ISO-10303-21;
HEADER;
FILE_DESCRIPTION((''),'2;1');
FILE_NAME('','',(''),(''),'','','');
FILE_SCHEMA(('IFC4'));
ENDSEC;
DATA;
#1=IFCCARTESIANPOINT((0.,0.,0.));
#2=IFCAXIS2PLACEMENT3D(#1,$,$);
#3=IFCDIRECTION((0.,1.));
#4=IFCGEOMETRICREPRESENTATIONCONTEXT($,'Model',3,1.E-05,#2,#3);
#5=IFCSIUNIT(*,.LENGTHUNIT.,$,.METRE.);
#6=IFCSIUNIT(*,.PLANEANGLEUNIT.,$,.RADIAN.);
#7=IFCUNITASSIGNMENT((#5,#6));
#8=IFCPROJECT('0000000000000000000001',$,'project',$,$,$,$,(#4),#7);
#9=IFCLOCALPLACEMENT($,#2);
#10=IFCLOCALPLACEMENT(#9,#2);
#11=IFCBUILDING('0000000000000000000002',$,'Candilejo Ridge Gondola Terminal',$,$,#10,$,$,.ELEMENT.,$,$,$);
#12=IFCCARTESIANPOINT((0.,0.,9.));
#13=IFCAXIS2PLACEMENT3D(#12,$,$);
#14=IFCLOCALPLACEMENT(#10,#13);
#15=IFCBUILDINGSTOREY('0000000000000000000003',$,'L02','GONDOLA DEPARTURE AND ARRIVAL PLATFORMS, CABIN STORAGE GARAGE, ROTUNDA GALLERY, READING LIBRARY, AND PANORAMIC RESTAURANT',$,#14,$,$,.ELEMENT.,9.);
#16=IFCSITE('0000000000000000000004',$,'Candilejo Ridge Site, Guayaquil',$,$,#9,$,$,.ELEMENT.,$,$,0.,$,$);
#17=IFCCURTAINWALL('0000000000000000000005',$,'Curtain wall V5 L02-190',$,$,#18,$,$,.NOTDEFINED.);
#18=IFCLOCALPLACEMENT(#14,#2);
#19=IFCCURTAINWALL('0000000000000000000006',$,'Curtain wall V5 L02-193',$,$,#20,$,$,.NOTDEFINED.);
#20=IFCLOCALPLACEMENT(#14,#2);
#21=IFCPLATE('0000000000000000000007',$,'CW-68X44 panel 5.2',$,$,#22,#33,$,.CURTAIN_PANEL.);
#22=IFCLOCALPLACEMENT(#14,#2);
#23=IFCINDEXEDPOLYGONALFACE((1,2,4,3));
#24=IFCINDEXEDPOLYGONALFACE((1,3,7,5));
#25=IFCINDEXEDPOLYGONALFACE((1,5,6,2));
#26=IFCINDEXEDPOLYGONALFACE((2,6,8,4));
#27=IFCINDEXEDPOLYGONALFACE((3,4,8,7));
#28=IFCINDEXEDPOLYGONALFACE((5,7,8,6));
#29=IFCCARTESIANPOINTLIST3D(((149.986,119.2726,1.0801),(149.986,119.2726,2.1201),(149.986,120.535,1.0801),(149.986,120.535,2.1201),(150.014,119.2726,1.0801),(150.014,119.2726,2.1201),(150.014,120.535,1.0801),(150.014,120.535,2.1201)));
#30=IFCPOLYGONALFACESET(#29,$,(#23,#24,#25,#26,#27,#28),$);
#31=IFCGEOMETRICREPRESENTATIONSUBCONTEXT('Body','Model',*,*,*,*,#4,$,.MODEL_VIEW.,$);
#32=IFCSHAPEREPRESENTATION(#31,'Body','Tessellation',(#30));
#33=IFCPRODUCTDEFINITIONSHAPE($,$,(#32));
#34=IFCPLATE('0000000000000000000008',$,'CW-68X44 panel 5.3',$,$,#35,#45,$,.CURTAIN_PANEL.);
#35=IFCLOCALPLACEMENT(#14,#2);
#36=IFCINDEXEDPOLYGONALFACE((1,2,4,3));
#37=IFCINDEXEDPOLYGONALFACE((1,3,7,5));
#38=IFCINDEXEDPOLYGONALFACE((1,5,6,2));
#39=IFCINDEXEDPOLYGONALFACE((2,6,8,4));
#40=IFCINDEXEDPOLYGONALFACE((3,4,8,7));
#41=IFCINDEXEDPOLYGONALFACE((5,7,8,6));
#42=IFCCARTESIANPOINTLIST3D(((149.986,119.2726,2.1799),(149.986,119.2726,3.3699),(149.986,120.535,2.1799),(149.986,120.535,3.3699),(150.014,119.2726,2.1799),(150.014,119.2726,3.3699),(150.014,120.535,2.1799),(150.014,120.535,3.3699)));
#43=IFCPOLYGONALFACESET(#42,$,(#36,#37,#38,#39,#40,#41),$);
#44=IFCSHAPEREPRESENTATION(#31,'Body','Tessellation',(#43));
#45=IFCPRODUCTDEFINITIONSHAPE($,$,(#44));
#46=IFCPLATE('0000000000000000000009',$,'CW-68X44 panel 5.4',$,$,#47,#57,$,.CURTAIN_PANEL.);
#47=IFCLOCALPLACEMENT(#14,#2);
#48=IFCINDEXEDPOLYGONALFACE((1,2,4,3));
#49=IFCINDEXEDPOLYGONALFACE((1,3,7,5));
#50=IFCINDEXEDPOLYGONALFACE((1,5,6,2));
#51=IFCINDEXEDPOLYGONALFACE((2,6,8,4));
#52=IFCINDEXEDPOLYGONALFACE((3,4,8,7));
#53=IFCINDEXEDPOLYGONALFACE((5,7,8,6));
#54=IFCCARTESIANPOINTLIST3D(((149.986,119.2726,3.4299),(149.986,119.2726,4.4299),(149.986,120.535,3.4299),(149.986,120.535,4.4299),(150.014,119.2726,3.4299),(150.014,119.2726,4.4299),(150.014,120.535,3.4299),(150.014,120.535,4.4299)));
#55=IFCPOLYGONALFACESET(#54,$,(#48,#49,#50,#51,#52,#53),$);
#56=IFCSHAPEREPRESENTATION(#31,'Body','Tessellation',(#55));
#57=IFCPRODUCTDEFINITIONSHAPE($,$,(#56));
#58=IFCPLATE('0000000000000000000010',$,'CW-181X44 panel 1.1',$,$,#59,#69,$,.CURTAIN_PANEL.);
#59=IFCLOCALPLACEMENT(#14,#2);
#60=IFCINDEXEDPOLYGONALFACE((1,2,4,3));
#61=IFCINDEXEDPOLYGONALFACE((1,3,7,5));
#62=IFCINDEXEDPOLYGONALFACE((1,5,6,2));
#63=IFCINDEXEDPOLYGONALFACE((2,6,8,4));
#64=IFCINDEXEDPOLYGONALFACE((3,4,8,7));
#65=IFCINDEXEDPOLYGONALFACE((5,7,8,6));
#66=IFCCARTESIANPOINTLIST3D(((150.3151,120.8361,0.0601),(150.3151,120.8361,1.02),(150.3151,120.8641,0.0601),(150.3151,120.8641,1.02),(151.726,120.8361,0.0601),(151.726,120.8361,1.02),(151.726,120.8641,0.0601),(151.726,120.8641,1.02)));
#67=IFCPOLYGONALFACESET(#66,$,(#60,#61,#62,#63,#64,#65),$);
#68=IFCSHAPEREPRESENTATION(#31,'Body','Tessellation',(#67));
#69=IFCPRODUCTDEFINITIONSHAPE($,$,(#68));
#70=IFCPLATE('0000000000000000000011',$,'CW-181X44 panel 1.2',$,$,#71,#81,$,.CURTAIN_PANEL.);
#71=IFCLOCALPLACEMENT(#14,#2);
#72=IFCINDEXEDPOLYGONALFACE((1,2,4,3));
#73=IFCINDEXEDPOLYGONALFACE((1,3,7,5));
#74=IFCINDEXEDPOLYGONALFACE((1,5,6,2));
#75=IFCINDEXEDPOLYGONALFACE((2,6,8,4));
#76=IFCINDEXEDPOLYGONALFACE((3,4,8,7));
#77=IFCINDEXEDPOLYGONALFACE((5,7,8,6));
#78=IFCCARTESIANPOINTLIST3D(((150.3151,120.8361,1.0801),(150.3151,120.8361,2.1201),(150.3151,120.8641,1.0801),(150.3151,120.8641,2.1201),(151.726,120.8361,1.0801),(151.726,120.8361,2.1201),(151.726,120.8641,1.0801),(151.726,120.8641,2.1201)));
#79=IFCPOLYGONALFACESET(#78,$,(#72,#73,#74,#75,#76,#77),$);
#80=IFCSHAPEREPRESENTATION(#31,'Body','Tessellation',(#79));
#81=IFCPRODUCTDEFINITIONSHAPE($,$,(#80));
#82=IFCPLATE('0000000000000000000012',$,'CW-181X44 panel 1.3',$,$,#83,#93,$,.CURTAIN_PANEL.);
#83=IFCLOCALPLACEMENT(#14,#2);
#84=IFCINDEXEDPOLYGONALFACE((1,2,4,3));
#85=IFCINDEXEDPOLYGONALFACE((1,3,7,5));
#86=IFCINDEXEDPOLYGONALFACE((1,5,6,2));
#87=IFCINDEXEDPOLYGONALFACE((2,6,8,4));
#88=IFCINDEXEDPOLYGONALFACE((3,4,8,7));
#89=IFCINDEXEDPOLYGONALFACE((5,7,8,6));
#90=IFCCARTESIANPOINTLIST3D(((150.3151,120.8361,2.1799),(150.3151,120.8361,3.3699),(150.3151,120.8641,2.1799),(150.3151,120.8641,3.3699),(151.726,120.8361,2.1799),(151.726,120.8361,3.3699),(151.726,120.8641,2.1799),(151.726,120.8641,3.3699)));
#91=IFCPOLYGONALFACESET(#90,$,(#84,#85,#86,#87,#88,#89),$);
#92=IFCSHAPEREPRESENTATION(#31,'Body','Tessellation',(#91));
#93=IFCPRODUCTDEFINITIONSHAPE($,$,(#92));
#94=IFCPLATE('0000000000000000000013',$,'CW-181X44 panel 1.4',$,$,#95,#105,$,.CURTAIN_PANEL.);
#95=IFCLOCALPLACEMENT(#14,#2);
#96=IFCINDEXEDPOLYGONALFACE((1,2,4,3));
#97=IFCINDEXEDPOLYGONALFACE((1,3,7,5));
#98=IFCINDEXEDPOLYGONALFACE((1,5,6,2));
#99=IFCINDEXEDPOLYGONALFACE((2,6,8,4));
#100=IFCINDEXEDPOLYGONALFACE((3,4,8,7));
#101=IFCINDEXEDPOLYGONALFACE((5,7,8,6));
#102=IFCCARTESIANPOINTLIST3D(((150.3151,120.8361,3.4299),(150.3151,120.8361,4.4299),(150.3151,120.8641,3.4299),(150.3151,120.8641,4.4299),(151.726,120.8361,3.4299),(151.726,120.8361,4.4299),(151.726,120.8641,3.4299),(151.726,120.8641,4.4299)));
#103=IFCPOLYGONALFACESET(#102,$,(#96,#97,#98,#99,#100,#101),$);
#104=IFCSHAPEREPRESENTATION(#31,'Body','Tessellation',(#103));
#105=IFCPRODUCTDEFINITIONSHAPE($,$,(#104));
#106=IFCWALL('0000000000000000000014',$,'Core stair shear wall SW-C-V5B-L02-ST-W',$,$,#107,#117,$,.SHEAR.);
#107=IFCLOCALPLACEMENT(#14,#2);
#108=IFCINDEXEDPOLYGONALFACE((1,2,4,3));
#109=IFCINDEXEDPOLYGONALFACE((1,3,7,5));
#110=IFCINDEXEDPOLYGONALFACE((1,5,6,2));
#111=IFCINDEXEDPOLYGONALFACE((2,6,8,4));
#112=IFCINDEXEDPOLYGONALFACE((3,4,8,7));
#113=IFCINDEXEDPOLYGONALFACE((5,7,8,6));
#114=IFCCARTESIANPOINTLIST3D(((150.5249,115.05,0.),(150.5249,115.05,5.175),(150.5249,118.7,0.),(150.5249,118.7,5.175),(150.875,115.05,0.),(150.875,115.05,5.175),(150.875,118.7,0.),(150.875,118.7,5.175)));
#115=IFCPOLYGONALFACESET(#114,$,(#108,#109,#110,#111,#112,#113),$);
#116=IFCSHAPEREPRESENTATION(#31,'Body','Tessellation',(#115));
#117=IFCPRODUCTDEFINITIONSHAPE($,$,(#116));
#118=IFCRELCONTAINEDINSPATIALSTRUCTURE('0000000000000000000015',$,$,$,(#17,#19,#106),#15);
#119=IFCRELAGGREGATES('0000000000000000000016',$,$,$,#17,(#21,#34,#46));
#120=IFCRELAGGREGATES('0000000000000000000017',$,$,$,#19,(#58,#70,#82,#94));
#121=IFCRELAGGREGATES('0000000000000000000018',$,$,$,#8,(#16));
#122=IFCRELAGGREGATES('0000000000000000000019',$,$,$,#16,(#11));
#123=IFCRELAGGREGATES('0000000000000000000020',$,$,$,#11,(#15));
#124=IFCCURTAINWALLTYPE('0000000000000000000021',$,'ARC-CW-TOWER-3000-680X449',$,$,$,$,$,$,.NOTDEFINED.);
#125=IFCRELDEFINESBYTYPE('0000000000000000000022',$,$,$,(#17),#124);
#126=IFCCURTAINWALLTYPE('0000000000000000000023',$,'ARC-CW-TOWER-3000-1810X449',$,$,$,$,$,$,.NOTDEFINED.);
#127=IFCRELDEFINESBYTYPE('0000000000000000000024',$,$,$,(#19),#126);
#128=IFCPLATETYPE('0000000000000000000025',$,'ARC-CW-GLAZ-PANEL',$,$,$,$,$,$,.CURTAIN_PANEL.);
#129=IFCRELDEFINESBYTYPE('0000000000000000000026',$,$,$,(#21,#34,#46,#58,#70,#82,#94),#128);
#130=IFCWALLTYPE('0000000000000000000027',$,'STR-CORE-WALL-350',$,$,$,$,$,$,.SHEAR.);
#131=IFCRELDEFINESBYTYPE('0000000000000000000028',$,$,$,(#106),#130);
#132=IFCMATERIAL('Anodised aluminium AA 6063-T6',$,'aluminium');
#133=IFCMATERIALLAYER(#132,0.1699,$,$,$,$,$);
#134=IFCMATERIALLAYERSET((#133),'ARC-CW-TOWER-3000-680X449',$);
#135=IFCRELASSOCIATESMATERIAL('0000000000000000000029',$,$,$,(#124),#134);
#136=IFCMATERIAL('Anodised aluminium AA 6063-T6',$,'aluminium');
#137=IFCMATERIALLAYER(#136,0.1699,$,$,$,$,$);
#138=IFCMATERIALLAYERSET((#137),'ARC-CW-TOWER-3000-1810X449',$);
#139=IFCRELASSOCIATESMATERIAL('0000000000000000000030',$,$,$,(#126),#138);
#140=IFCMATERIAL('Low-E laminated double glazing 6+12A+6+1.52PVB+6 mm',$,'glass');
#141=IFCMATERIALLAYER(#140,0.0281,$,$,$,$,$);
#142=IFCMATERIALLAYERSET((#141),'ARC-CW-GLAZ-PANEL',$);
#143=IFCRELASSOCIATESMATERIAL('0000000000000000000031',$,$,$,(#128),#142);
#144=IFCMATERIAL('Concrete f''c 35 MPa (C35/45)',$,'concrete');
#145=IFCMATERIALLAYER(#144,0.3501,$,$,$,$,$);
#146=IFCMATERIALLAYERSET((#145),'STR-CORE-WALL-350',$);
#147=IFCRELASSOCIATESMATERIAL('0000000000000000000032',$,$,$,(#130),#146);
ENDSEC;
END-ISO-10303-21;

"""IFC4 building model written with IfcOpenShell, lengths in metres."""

from ifc_helpers import new_model, si_unit, direction, frame, frame_2d, origin, origin_2d, place, context, subcontext, project, spatial, rectangle, extrude, material, layer, layer_set, type_object, element, aggregate, save


model = new_model("IFC4")

# Units and contexts
model_context = context("Model", 3, precision=1e-05, world=origin(), true_north=direction((0.0, 1.0)))
body_context = subcontext(model_context, "Body", "Model", "MODEL_VIEW")
ifc_project = project(units=[si_unit("LENGTHUNIT", "METRE"), si_unit("PLANEANGLEUNIT", "RADIAN")], contexts=[model_context])

# Site, building, storey
site_placement = place(None, origin())
site = spatial("IfcSite", under=ifc_project, at=site_placement, Name="Candilejo Ridge Site, Guayaquil", CompositionType="ELEMENT", RefElevation=0.0)
building_placement = place(site_placement, origin())
building = spatial("IfcBuilding", under=site, at=building_placement, Name="Candilejo Ridge Gondola Terminal", CompositionType="ELEMENT")
storey_placement = place(building_placement, frame((0.0, 0.0, 9.0)))
storey = spatial("IfcBuildingStorey", under=building, at=storey_placement, Name="L02", Description="GONDOLA DEPARTURE AND ARRIVAL PLATFORMS, CABIN STORAGE GARAGE, ROTUNDA GALLERY, READING LIBRARY, AND PANORAMIC RESTAURANT", CompositionType="ELEMENT", Elevation=9.0)

# Curtain walls
ifc_material_1 = material(Name="Anodised aluminium AA 6063-T6", Category="aluminium")
ifc_layer_1 = layer(ifc_material_1, 0.1699)
ifc_layer_set_1 = layer_set([ifc_layer_1], Name="ARC-CW-TOWER-3000-680X449")
curtain_wall_type_1 = type_object("IfcCurtainWallType", Name="ARC-CW-TOWER-3000-680X449", PredefinedType="NOTDEFINED", material=ifc_layer_set_1)
curtain_wall_1_placement = place(storey_placement, origin())
curtain_wall_1 = element("IfcCurtainWall", 1, at=curtain_wall_1_placement, inside=storey, type_object=curtain_wall_type_1, Name="Curtain wall V5 L02-190", PredefinedType="NOTDEFINED")
ifc_material_2 = material(Name="Anodised aluminium AA 6063-T6", Category="aluminium")
ifc_layer_2 = layer(ifc_material_2, 0.1699)
ifc_layer_set_2 = layer_set([ifc_layer_2], Name="ARC-CW-TOWER-3000-1810X449")
curtain_wall_type_2 = type_object("IfcCurtainWallType", Name="ARC-CW-TOWER-3000-1810X449", PredefinedType="NOTDEFINED", material=ifc_layer_set_2)
curtain_wall_2_placement = place(storey_placement, origin())
curtain_wall_2 = element("IfcCurtainWall", 2, at=curtain_wall_2_placement, inside=storey, type_object=curtain_wall_type_2, Name="Curtain wall V5 L02-193", PredefinedType="NOTDEFINED")

# Plates
ifc_material_3 = material(Name="Low-E laminated double glazing 6+12A+6+1.52PVB+6 mm", Category="glass")
ifc_layer_3 = layer(ifc_material_3, 0.0281)
ifc_layer_set_3 = layer_set([ifc_layer_3], Name="ARC-CW-GLAZ-PANEL")
plate_type = type_object("IfcPlateType", Name="ARC-CW-GLAZ-PANEL", PredefinedType="CURTAIN_PANEL", material=ifc_layer_set_3)
plate_1_placement = place(storey_placement, frame((150.0, 119.9038, 1.0801), z_axis=(0.0, 0.0, 1.0), x_axis=(0.0, 1.0, 0.0)))
plate_1 = element("IfcPlate", 3, at=plate_1_placement, type_object=plate_type, Name="CW-68X44 panel 5.2", PredefinedType="CURTAIN_PANEL", context=body_context, shape_type="SweptSolid", body=[
    extrude(rectangle(XDim=1.2625, YDim=0.0281, at=origin_2d()), origin(), (0.0, 0.0, 1.0), 1.04),
])
plate_2_placement = place(storey_placement, frame((150.0, 119.9038, 2.1799), z_axis=(0.0, 0.0, 1.0), x_axis=(0.0, 1.0, 0.0)))
plate_2 = element("IfcPlate", 4, at=plate_2_placement, type_object=plate_type, Name="CW-68X44 panel 5.3", PredefinedType="CURTAIN_PANEL", context=body_context, shape_type="SweptSolid", body=[
    extrude(rectangle(XDim=1.2625, YDim=0.0281, at=origin_2d()), origin(), (0.0, 0.0, 1.0), 1.1899),
])
plate_3_placement = place(storey_placement, frame((150.0, 119.9038, 3.4299), z_axis=(0.0, 0.0, 1.0), x_axis=(0.0, 1.0, 0.0)))
plate_3 = element("IfcPlate", 5, at=plate_3_placement, type_object=plate_type, Name="CW-68X44 panel 5.4", PredefinedType="CURTAIN_PANEL", context=body_context, shape_type="SweptSolid", body=[
    extrude(rectangle(XDim=1.2625, YDim=0.0281, at=origin_2d()), origin(), (0.0, 0.0, 1.0), 1.0),
])
aggregate(curtain_wall_1, [plate_1, plate_2, plate_3])
plate_4_placement = place(storey_placement, frame((151.0205, 120.8501, 0.0601), z_axis=(0.0, 0.0, 1.0), x_axis=(1.0, 0.0, 0.0)))
plate_4 = element("IfcPlate", 6, at=plate_4_placement, type_object=plate_type, Name="CW-181X44 panel 1.1", PredefinedType="CURTAIN_PANEL", context=body_context, shape_type="SweptSolid", body=[
    extrude(rectangle(XDim=1.4109, YDim=0.0281, at=origin_2d()), origin(), (0.0, 0.0, 1.0), 0.96),
])
plate_5_placement = place(storey_placement, frame((151.0205, 120.8501, 1.0801), z_axis=(0.0, 0.0, 1.0), x_axis=(1.0, 0.0, 0.0)))
plate_5 = element("IfcPlate", 7, at=plate_5_placement, type_object=plate_type, Name="CW-181X44 panel 1.2", PredefinedType="CURTAIN_PANEL", context=body_context, shape_type="SweptSolid", body=[
    extrude(rectangle(XDim=1.4109, YDim=0.0281, at=origin_2d()), origin(), (0.0, 0.0, 1.0), 1.04),
])
plate_6_placement = place(storey_placement, frame((151.0205, 120.8501, 2.1799), z_axis=(0.0, 0.0, 1.0), x_axis=(1.0, 0.0, 0.0)))
plate_6 = element("IfcPlate", 8, at=plate_6_placement, type_object=plate_type, Name="CW-181X44 panel 1.3", PredefinedType="CURTAIN_PANEL", context=body_context, shape_type="SweptSolid", body=[
    extrude(rectangle(XDim=1.4109, YDim=0.0281, at=origin_2d()), origin(), (0.0, 0.0, 1.0), 1.1899),
])
plate_7_placement = place(storey_placement, frame((151.0205, 120.8501, 3.4299), z_axis=(0.0, 0.0, 1.0), x_axis=(1.0, 0.0, 0.0)))
plate_7 = element("IfcPlate", 9, at=plate_7_placement, type_object=plate_type, Name="CW-181X44 panel 1.4", PredefinedType="CURTAIN_PANEL", context=body_context, shape_type="SweptSolid", body=[
    extrude(rectangle(XDim=1.4109, YDim=0.0281, at=origin_2d()), origin(), (0.0, 0.0, 1.0), 1.0),
])
aggregate(curtain_wall_2, [plate_4, plate_5, plate_6, plate_7])

# Wall
ifc_material_4 = material(Name="Concrete f'c 35 MPa (C35/45)", Category="concrete")
ifc_layer_4 = layer(ifc_material_4, 0.3501)
ifc_layer_set_4 = layer_set([ifc_layer_4], Name="STR-CORE-WALL-350")
wall_type = type_object("IfcWallType", Name="STR-CORE-WALL-350", PredefinedType="SHEAR", material=ifc_layer_set_4)
wall_placement = place(storey_placement, frame((150.7, 118.7, 0.0), z_axis=(0.0, 0.0, 1.0), x_axis=(0.0, -1.0, 0.0)))
element("IfcWall", 10, at=wall_placement, inside=storey, type_object=wall_type, Name="Core stair shear wall SW-C-V5B-L02-ST-W", PredefinedType="SHEAR", context=body_context, shape_type="SweptSolid", body=[
    extrude(rectangle(XDim=3.6499, YDim=0.3501, at=frame_2d((1.825, 0.0))), origin(), (0.0, 0.0, 1.0), 5.175),
])

save(model, "model.ifc")
